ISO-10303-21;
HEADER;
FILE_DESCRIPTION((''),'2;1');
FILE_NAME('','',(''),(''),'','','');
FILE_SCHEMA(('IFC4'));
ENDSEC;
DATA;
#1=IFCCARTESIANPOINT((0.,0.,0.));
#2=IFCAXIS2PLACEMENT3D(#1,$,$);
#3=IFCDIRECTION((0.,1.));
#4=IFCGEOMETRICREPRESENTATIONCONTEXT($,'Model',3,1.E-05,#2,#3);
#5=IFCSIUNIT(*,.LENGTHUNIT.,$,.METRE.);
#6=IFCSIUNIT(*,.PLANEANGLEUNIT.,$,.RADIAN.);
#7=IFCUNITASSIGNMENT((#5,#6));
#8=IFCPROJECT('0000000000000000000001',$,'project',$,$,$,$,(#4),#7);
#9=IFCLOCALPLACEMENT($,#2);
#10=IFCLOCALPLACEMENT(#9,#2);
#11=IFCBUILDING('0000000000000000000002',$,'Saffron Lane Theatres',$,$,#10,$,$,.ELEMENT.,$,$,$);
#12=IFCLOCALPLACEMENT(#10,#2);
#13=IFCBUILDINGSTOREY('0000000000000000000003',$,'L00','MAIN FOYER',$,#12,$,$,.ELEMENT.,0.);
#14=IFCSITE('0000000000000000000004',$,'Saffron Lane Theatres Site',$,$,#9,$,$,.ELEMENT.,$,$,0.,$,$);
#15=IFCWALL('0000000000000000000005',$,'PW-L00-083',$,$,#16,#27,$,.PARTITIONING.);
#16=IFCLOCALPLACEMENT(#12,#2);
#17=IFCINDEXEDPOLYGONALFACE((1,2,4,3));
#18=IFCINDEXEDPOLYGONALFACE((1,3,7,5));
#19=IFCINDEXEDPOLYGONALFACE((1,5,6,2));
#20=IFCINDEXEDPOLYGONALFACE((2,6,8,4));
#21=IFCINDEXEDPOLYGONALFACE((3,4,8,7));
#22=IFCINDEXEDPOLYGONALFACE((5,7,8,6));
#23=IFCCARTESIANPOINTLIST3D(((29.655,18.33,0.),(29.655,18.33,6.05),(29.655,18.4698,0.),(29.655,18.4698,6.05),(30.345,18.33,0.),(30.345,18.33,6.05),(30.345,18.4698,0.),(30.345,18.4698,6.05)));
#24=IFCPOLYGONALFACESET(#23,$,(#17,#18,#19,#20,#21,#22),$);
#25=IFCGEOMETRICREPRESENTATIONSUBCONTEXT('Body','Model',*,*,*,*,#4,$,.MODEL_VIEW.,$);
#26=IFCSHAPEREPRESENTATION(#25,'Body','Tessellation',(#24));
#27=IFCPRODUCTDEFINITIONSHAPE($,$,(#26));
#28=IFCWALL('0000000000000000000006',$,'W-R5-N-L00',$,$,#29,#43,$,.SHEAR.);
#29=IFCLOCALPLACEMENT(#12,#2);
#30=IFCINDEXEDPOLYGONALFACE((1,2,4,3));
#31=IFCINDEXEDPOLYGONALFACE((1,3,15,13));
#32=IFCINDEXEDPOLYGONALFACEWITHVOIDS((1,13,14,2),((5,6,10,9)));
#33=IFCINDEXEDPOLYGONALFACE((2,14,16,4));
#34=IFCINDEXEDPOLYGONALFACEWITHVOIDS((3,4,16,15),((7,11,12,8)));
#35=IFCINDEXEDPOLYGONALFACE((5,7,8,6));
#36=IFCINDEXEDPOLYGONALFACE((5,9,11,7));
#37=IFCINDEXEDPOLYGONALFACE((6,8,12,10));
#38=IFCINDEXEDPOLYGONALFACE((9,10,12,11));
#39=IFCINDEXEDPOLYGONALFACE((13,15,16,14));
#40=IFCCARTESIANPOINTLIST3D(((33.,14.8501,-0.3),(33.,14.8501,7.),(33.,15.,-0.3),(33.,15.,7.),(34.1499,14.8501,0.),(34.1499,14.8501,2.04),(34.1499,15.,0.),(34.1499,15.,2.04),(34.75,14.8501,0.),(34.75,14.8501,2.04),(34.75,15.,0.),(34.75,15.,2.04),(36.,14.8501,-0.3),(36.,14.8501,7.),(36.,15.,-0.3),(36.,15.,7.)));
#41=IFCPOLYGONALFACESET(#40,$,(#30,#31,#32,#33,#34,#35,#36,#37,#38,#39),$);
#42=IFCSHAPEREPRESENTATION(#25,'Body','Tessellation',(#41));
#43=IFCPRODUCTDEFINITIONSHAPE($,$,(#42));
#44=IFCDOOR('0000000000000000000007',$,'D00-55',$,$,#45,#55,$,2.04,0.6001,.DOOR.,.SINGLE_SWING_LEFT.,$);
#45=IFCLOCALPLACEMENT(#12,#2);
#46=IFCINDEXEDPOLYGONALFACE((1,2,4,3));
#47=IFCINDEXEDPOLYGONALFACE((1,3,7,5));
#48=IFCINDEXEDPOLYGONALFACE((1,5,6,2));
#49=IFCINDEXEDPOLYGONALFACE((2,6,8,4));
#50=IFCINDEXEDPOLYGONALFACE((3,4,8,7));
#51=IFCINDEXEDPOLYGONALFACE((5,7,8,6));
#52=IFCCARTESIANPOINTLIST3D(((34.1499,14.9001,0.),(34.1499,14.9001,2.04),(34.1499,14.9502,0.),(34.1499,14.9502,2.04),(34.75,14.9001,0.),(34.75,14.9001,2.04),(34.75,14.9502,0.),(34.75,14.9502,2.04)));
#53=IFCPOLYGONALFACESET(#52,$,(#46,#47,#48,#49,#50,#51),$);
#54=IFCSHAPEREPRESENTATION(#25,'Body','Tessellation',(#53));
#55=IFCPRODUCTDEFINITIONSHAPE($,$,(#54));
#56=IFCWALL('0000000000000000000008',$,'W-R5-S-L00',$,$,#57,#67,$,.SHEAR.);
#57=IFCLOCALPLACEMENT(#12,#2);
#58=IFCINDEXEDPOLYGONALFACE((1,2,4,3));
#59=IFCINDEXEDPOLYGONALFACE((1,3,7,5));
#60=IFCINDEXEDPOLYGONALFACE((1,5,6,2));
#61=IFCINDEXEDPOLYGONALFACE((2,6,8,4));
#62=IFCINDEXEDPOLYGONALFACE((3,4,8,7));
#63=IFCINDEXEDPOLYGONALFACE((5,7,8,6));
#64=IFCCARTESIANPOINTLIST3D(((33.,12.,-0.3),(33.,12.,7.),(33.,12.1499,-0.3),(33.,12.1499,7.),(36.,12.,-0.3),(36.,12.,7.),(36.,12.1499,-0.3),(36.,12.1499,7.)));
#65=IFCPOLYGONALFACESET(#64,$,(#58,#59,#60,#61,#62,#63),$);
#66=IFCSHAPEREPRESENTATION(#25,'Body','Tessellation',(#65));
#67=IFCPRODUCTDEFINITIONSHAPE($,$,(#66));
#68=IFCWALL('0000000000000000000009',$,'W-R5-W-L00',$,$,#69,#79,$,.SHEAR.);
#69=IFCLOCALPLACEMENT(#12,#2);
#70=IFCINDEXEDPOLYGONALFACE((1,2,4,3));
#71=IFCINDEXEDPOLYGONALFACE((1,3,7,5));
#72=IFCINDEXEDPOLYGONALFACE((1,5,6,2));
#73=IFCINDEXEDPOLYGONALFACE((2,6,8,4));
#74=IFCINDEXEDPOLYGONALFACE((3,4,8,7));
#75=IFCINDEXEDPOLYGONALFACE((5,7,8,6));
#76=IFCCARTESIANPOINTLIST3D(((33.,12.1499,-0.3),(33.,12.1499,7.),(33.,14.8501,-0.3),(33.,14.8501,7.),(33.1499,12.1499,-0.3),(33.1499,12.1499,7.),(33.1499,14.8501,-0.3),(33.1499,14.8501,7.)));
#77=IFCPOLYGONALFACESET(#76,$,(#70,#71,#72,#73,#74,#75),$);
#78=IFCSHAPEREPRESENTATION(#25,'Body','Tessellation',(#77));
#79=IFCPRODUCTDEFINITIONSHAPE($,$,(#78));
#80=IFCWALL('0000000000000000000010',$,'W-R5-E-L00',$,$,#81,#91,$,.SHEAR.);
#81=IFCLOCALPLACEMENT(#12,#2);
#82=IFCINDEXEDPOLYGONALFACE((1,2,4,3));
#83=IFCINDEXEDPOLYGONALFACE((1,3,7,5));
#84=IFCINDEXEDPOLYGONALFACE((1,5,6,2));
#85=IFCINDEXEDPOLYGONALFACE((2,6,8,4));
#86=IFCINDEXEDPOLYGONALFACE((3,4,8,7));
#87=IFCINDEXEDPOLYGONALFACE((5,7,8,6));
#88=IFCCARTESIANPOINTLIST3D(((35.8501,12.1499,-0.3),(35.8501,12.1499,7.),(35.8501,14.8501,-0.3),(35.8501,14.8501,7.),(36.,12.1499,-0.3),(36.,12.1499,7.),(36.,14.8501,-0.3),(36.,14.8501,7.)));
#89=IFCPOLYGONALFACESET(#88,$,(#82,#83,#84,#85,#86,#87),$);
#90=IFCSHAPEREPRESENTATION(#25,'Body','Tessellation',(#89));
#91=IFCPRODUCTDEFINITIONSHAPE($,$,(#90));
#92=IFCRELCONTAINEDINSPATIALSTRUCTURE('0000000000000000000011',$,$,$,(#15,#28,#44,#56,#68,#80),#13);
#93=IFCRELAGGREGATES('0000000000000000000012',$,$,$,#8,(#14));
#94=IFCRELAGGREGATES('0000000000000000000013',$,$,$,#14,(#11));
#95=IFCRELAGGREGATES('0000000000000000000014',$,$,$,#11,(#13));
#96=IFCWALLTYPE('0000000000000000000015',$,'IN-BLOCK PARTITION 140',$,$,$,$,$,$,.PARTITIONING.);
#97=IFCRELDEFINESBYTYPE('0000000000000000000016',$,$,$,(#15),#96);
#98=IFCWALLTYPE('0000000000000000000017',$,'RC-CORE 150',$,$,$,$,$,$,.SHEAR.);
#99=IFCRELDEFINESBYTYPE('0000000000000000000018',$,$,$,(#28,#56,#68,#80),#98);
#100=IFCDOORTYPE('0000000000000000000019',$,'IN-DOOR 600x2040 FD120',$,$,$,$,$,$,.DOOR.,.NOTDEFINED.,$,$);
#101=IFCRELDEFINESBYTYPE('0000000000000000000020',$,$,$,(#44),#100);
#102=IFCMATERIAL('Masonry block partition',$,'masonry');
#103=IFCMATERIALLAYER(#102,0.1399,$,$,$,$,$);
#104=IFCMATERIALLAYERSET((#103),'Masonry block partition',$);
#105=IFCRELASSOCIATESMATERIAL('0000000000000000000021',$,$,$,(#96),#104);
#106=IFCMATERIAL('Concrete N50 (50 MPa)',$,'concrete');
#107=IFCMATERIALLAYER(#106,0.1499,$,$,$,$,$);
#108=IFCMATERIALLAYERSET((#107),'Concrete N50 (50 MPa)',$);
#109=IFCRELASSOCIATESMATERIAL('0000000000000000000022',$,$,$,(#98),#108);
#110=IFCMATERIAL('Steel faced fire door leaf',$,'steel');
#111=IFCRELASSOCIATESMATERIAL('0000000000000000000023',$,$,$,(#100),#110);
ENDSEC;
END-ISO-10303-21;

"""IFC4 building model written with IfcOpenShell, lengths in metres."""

from ifc_helpers import new_model, si_unit, direction, frame, frame_2d, origin, place, context, subcontext, project, spatial, rectangle, extrude, material, layer, layer_set, type_object, element, fill, save


model = new_model("IFC4")

# Units and contexts
model_context = context("Model", 3, precision=1e-05, world=origin(), true_north=direction((0.0, 1.0)))
body_context = subcontext(model_context, "Body", "Model", "MODEL_VIEW")
ifc_project = project(units=[si_unit("LENGTHUNIT", "METRE"), si_unit("PLANEANGLEUNIT", "RADIAN")], contexts=[model_context])

# Site, building, storey
site_placement = place(None, origin())
site = spatial("IfcSite", under=ifc_project, at=site_placement, Name="Saffron Lane Theatres Site", CompositionType="ELEMENT", RefElevation=0.0)
building_placement = place(site_placement, origin())
building = spatial("IfcBuilding", under=site, at=building_placement, Name="Saffron Lane Theatres", CompositionType="ELEMENT")
storey_placement = place(building_placement, origin())
storey = spatial("IfcBuildingStorey", under=building, at=storey_placement, Name="L00", Description="MAIN FOYER", CompositionType="ELEMENT", Elevation=0.0)

# Shared definitions
ifc_material_1 = material(Name="Masonry block partition", Category="masonry")
ifc_layer_1 = layer(ifc_material_1, 0.1399)
ifc_layer_set_1 = layer_set([ifc_layer_1], Name="Masonry block partition")
wall_type_1 = type_object("IfcWallType", Name="IN-BLOCK PARTITION 140", PredefinedType="PARTITIONING", material=ifc_layer_set_1)

# Wall
wall_1_placement = place(storey_placement, frame((29.655, 18.3999, 0.0), z_axis=(0.0, 0.0, 1.0), x_axis=(1.0, 0.0, 0.0)))
element("IfcWall", 1, at=wall_1_placement, inside=storey, type_object=wall_type_1, Name="PW-L00-083", PredefinedType="PARTITIONING", context=body_context, shape_type="SweptSolid", body=[
    extrude(rectangle(XDim=0.6899, YDim=0.1399, at=frame_2d((0.345, 0.0))), origin(), (0.0, 0.0, 1.0), 6.05),
])

# Wall, opening, door
ifc_material_2 = material(Name="Concrete N50 (50 MPa)", Category="concrete")
ifc_layer_2 = layer(ifc_material_2, 0.1499)
ifc_layer_set_2 = layer_set([ifc_layer_2], Name="Concrete N50 (50 MPa)")
wall_type_2 = type_object("IfcWallType", Name="RC-CORE 150", PredefinedType="SHEAR", material=ifc_layer_set_2)
wall_2_placement = place(storey_placement, frame((33.0, 14.925, -0.3), z_axis=(0.0, 0.0, 1.0), x_axis=(1.0, 0.0, 0.0)))
wall_2 = element("IfcWall", 2, at=wall_2_placement, inside=storey, type_object=wall_type_2, Name="W-R5-N-L00", PredefinedType="SHEAR", context=body_context, shape_type="SweptSolid", body=[
    extrude(rectangle(XDim=3.0, YDim=0.1499, at=frame_2d((1.5, 0.0))), origin(), (0.0, 0.0, 1.0), 7.3),
])
opening_1_placement = place(wall_2_placement, frame((1.1499, 0.0, 0.3)))
opening_1 = element("IfcOpeningElement", 3, at=opening_1_placement, cuts=wall_2, PredefinedType="OPENING", context=body_context, shape_type="SweptSolid", body=[
    extrude(rectangle(XDim=0.6001, YDim=2.04, at=frame_2d((0.3, 1.02))), frame((0.0, 0.085, 0.0), z_axis=(0.0, -1.0, 0.0), x_axis=(1.0, 0.0, 0.0)), (0.0, 0.0, 1.0), 0.1699),
])
ifc_material_3 = material(Name="Steel faced fire door leaf", Category="steel")
door_type_1 = type_object("IfcDoorType", Name="IN-DOOR 600x2040 FD120", OperationType="NOTDEFINED", PredefinedType="DOOR", material=ifc_material_3)
door_1_placement = place(opening_1_placement, frame((0.6001, 0.0, 0.0), z_axis=(0.0, 0.0, 1.0), x_axis=(-1.0, 0.0, 0.0)))
door_1 = element("IfcDoor", 4, at=door_1_placement, inside=storey, type_object=door_type_1, Name="D00-55", OperationType="SINGLE_SWING_LEFT", OverallHeight=2.04, OverallWidth=0.6001, PredefinedType="DOOR", context=body_context, shape_type="SweptSolid", body=[
    extrude(rectangle(XDim=0.6001, YDim=2.04, at=frame_2d((0.3, 1.02))), frame((0.0, 0.0249, 0.0), z_axis=(0.0, -1.0, 0.0), x_axis=(1.0, 0.0, 0.0)), (0.0, 0.0, 1.0), 0.05),
])
fill(opening_1, door_1)

# Walls
wall_3_placement = place(storey_placement, frame((33.0, 12.075, -0.3), z_axis=(0.0, 0.0, 1.0), x_axis=(1.0, 0.0, 0.0)))
element("IfcWall", 5, at=wall_3_placement, inside=storey, type_object=wall_type_2, Name="W-R5-S-L00", PredefinedType="SHEAR", context=body_context, shape_type="SweptSolid", body=[
    extrude(rectangle(XDim=3.0, YDim=0.1499, at=frame_2d((1.5, 0.0))), origin(), (0.0, 0.0, 1.0), 7.3),
])
for number, where, z_axis, x_axis, name in (
    (6, (33.075, 12.1499, -0.3), (0.0, 0.0, 1.0), (0.0, 1.0, 0.0), "W-R5-W-L00"),
    (7, (35.925, 12.1499, -0.3), (0.0, 0.0, 1.0), (0.0, 1.0, 0.0), "W-R5-E-L00"),
):
    element("IfcWall", number, at=place(storey_placement, frame(where, z_axis=z_axis, x_axis=x_axis)), inside=storey, type_object=wall_type_2, Name=name, PredefinedType="SHEAR", context=body_context, shape_type="SweptSolid", body=[
        extrude(rectangle(XDim=2.7002, YDim=0.1499, at=frame_2d((1.3501, 0.0))), origin(), (0.0, 0.0, 1.0), 7.3),
    ])

save(model, "model.ifc")
